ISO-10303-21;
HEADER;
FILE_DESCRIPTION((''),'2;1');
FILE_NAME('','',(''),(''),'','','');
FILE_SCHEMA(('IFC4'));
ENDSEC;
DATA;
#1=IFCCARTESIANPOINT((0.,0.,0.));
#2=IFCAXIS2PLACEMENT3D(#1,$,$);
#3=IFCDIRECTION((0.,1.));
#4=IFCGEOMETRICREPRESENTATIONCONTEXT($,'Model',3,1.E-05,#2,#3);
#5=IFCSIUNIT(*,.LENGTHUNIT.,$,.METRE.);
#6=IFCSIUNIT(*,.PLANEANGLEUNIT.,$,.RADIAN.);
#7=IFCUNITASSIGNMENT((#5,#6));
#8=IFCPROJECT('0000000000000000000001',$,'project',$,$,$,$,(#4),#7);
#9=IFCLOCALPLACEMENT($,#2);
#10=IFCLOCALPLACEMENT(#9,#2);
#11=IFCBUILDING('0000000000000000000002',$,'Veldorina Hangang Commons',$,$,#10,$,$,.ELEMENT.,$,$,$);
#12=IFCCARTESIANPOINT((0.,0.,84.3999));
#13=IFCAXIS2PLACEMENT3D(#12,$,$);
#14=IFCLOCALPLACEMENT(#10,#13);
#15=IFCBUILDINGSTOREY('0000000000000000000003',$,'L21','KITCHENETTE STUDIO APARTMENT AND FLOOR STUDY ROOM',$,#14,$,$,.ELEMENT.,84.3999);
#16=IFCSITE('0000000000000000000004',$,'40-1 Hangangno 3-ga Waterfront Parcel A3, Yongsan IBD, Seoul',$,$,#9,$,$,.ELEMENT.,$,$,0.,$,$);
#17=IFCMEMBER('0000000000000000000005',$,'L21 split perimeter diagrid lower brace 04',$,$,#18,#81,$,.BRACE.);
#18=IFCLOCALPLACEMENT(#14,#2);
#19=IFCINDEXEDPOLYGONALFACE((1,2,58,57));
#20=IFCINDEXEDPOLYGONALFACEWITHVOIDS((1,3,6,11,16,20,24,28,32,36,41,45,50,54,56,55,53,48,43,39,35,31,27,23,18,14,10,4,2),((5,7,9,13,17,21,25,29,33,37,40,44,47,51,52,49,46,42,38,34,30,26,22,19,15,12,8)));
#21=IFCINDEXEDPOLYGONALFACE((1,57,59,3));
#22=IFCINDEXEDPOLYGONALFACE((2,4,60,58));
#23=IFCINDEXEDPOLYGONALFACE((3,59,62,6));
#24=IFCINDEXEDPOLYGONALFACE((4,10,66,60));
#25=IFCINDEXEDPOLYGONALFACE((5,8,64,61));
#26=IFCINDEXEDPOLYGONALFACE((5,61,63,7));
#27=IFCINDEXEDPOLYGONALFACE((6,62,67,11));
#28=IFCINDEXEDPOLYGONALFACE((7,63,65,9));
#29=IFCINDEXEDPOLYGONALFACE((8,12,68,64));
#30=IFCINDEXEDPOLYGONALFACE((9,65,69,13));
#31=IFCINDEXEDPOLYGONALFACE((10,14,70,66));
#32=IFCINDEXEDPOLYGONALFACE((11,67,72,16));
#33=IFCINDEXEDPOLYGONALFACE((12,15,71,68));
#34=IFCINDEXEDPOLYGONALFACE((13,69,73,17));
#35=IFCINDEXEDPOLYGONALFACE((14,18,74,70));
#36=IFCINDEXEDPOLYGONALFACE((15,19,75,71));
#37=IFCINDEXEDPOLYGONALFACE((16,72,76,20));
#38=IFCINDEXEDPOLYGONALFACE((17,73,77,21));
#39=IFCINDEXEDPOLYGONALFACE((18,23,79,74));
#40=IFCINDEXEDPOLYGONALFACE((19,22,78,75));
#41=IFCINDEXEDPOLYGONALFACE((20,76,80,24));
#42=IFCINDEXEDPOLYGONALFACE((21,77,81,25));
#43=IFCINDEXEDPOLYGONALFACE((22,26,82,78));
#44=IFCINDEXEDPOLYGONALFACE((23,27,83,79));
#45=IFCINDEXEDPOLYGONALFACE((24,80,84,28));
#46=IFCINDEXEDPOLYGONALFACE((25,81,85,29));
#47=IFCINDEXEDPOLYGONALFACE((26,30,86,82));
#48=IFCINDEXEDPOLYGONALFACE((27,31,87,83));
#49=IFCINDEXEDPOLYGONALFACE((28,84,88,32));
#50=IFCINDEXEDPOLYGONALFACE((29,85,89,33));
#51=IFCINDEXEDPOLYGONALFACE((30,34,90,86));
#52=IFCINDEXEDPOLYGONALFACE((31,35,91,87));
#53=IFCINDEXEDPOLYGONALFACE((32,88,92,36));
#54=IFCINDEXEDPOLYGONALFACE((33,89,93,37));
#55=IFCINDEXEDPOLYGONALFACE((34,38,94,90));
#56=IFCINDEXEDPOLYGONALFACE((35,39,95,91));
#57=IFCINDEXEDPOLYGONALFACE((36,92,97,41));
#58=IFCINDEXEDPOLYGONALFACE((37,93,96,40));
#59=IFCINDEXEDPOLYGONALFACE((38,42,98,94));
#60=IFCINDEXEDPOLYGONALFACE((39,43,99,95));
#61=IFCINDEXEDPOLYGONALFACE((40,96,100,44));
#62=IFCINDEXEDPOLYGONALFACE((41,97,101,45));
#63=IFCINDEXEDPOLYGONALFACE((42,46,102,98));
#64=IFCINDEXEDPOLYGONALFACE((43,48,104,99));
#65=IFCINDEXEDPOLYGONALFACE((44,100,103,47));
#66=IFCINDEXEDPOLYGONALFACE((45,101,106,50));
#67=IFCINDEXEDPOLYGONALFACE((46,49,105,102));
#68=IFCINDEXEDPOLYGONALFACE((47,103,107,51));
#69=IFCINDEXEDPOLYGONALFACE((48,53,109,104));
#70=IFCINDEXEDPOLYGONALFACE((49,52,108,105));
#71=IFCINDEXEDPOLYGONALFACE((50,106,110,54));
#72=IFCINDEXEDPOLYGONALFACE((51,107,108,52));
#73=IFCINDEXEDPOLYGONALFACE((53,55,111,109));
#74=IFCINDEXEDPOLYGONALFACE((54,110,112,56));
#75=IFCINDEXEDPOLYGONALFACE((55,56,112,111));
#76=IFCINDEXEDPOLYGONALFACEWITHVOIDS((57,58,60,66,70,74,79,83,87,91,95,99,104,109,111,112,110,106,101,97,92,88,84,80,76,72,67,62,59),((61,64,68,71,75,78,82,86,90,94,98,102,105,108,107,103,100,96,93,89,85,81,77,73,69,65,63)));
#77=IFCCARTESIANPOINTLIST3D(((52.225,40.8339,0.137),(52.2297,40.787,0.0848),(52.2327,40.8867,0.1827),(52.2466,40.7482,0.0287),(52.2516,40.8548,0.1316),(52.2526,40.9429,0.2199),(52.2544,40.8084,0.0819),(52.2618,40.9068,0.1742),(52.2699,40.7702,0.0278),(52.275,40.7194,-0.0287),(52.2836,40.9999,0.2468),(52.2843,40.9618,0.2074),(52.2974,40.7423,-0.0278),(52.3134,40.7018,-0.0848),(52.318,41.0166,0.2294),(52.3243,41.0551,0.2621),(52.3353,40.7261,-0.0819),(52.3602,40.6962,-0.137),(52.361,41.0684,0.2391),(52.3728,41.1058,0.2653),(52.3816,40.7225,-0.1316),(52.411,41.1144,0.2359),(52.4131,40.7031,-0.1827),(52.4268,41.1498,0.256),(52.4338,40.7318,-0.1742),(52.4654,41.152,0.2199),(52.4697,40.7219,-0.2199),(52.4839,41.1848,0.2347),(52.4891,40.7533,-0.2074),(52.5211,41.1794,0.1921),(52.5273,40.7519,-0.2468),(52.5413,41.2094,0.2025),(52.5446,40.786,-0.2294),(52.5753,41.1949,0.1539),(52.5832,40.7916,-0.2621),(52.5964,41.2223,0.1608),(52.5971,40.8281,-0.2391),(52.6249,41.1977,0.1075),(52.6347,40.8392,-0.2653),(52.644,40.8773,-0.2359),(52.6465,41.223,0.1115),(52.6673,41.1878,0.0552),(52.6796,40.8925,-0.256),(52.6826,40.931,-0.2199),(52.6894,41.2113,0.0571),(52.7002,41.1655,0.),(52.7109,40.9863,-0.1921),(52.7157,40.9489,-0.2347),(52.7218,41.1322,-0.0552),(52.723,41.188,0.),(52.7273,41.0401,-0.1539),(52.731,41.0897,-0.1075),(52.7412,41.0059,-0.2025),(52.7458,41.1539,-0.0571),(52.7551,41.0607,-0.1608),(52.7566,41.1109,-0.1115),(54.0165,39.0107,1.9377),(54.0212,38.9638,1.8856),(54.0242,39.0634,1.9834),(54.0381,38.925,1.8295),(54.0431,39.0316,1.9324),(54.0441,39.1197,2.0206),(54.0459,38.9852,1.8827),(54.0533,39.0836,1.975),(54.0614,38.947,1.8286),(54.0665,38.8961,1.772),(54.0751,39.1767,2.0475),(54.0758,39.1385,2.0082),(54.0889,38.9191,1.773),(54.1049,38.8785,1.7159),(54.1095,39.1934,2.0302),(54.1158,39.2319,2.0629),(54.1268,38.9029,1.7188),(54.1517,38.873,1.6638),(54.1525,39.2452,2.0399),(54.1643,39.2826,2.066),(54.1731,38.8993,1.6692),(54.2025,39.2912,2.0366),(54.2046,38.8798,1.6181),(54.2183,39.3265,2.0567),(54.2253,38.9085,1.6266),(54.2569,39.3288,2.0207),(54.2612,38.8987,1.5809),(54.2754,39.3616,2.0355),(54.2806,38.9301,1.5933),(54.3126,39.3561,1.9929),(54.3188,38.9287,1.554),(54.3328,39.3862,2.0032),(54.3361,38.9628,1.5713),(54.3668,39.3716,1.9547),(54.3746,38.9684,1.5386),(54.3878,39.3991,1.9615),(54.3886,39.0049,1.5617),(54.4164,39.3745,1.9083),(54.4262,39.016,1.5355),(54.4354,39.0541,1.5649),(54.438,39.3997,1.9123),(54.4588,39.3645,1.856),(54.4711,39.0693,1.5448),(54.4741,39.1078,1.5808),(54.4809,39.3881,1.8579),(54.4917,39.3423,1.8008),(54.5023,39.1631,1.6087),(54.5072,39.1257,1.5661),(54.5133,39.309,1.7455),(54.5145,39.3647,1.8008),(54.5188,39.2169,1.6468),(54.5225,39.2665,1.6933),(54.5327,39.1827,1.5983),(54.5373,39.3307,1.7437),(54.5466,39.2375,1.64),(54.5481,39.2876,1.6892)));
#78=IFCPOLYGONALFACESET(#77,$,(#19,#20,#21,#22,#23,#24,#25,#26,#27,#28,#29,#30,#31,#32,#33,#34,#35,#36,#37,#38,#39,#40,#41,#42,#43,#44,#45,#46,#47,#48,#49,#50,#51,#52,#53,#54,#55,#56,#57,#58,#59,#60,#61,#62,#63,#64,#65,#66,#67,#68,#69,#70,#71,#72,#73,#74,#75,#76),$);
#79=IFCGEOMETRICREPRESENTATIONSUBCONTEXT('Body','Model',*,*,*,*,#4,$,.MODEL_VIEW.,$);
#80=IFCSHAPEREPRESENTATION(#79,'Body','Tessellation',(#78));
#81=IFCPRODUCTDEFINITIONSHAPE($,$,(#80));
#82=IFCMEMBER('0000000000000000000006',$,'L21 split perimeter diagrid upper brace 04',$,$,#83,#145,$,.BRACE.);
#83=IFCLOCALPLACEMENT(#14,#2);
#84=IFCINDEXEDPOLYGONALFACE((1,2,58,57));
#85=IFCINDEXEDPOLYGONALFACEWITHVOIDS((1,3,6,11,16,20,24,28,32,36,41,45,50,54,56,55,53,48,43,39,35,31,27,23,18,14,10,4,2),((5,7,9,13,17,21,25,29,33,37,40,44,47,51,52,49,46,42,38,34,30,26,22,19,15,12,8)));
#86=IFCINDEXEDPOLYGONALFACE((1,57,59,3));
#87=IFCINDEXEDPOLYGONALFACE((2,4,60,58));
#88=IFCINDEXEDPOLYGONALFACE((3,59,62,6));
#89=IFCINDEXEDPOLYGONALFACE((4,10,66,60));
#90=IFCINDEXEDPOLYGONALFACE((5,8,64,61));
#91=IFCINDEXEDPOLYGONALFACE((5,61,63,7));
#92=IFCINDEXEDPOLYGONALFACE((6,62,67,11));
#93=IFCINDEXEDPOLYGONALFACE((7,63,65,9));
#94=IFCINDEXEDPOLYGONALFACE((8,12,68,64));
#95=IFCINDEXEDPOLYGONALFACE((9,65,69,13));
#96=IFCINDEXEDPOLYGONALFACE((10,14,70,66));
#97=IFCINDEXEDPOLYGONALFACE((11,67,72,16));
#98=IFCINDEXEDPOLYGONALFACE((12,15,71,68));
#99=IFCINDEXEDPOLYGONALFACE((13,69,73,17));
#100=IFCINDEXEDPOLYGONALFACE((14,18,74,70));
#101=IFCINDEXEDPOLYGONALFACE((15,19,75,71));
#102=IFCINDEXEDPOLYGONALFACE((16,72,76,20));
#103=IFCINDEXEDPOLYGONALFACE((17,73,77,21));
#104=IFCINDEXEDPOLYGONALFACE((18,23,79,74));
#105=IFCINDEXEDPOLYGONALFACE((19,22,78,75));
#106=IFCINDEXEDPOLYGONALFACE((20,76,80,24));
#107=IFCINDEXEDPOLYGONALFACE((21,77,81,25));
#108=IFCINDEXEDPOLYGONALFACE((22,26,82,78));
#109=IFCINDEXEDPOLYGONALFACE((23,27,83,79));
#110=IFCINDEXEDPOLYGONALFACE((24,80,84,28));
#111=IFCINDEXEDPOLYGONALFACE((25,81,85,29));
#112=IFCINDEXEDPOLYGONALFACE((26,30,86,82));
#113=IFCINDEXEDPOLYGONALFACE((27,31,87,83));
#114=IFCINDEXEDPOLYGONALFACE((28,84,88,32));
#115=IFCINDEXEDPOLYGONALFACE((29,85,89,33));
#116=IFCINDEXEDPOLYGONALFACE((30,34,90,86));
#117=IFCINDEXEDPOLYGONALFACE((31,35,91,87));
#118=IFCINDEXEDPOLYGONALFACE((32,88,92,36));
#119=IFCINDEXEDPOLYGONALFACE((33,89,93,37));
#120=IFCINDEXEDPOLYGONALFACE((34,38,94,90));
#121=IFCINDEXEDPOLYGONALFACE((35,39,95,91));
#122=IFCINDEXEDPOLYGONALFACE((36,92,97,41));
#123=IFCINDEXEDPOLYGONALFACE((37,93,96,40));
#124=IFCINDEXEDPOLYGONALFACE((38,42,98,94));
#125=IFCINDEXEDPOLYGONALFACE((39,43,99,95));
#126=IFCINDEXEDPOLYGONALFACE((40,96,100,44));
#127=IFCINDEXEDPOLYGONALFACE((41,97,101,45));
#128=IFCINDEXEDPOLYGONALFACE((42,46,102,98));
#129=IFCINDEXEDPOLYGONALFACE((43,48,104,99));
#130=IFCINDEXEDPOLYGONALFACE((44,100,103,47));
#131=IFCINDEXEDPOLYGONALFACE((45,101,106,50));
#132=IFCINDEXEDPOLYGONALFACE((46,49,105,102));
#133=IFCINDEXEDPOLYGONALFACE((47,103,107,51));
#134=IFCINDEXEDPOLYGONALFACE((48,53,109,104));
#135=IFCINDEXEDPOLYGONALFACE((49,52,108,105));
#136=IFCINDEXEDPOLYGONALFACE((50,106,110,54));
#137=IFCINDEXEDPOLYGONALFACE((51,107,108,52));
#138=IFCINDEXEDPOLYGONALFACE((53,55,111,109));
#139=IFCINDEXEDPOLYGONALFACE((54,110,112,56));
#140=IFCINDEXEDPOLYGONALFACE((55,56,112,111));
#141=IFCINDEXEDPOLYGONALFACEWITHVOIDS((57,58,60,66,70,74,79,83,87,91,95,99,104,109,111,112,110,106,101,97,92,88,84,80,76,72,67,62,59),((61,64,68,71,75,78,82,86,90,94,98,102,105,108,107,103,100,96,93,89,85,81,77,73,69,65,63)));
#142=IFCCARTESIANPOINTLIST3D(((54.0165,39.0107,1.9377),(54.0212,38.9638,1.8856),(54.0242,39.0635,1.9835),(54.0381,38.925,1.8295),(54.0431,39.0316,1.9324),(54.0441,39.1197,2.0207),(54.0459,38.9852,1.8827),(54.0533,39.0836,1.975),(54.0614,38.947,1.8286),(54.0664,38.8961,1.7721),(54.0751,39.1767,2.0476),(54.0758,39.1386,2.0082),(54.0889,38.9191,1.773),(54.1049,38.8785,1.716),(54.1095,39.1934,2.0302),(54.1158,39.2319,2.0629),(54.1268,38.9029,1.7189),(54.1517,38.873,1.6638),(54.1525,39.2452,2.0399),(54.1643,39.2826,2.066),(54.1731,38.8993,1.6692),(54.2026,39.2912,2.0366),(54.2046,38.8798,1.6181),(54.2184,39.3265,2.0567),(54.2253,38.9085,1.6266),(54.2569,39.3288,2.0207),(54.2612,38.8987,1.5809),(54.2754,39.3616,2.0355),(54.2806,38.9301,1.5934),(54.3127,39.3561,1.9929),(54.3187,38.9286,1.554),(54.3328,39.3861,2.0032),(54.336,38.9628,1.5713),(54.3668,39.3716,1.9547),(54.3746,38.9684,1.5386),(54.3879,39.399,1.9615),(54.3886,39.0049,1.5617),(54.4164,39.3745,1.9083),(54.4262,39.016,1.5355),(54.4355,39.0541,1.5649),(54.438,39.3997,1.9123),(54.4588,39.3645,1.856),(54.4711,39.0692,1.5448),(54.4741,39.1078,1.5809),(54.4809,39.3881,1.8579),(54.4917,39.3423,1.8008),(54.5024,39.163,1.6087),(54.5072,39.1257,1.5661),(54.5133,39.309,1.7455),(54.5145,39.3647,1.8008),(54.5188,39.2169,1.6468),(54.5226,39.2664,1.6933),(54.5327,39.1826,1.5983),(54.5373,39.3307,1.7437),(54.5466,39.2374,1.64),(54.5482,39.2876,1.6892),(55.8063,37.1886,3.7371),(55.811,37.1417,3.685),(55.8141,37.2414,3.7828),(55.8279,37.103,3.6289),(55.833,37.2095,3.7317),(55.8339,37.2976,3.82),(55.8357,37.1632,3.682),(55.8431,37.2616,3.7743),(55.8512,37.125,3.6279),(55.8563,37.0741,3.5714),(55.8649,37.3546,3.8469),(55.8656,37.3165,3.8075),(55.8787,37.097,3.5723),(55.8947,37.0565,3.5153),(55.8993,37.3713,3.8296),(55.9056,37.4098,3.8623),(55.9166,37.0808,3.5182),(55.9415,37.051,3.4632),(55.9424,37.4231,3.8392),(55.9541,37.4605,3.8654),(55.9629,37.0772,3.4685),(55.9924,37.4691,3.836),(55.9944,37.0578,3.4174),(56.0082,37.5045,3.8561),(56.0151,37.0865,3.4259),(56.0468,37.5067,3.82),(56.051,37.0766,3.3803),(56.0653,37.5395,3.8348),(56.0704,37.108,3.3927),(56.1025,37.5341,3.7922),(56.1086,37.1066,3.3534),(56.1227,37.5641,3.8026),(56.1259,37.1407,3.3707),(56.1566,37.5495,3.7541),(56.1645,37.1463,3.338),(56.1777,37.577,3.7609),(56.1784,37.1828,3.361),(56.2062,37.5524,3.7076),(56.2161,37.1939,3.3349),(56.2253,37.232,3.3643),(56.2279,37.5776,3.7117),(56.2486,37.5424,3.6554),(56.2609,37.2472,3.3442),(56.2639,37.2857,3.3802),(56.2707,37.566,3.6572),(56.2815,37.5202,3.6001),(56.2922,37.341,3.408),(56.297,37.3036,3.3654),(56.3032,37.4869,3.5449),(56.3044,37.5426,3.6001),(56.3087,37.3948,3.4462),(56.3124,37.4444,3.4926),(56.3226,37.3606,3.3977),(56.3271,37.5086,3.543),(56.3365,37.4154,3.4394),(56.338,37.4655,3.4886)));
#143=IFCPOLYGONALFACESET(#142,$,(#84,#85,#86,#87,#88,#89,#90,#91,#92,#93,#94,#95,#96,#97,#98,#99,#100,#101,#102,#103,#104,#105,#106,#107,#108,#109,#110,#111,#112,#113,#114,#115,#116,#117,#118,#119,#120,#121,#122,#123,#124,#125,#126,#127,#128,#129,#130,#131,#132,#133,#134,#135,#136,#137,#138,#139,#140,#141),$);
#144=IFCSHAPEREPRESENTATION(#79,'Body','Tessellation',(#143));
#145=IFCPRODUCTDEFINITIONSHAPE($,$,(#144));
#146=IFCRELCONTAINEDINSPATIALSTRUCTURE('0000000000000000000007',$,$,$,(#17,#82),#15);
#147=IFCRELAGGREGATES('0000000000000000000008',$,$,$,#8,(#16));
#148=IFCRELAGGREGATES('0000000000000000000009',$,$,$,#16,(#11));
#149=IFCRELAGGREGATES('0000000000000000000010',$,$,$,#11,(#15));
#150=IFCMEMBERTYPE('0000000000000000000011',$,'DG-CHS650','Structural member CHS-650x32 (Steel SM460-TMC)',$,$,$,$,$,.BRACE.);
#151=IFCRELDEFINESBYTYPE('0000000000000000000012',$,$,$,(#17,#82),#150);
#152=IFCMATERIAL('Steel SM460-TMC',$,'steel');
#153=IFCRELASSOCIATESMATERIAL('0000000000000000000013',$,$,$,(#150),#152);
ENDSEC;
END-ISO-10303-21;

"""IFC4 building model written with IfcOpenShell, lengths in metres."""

from ifc_helpers import new_model, si_unit, direction, frame, origin, origin_2d, place, context, subcontext, project, spatial, hollow_circle, extrude, material, material_profile, profile_set, type_object, element, save


model = new_model("IFC4")

# Units and contexts
model_context = context("Model", 3, precision=1e-05, world=origin(), true_north=direction((0.0, 1.0)))
body_context = subcontext(model_context, "Body", "Model", "MODEL_VIEW")
ifc_project = project(units=[si_unit("LENGTHUNIT", "METRE"), si_unit("PLANEANGLEUNIT", "RADIAN")], contexts=[model_context])

# Site, building, storey
site_placement = place(None, origin())
site = spatial("IfcSite", under=ifc_project, at=site_placement, Name="40-1 Hangangno 3-ga Waterfront Parcel A3, Yongsan IBD, Seoul", CompositionType="ELEMENT", RefElevation=0.0)
building_placement = place(site_placement, origin())
building = spatial("IfcBuilding", under=site, at=building_placement, Name="Veldorina Hangang Commons", CompositionType="ELEMENT")
storey_placement = place(building_placement, frame((0.0, 0.0, 84.3999)))
storey = spatial("IfcBuildingStorey", under=building, at=storey_placement, Name="L21", Description="KITCHENETTE STUDIO APARTMENT AND FLOOR STUDY ROOM", CompositionType="ELEMENT", Elevation=84.3999)

# Members
ifc_material_1 = material(Name="Steel SM460-TMC", Category="steel")
ifc_material_profile_1 = material_profile(ifc_material_1, hollow_circle(Radius=0.325, WallThickness=0.032, at=origin_2d()), Name="CHS-650x32")
ifc_profile_set_1 = profile_set([ifc_material_profile_1], Name="Steel SM460-TMC")
member_type = type_object("IfcMemberType", Name="DG-CHS650", Description="Structural member CHS-650x32 (Steel SM460-TMC)", PredefinedType="BRACE", material=ifc_profile_set_1)
member_1_placement = place(storey_placement, frame((52.4912, 40.9602, 0.0), z_axis=(0.572962, -0.583113, 0.575929), x_axis=(0.713288, 0.700871, 0.0)))
element("IfcMember", 1, at=member_1_placement, inside=storey, type_object=member_type, Name="L21 split perimeter diagrid lower brace 04", PredefinedType="BRACE", context=body_context, shape_type="SweptSolid", body=[
    extrude(hollow_circle(Radius=0.325, WallThickness=0.032, at=origin_2d()), origin(), (0.0, 0.0, 1.0), 3.1267),
])
member_2_placement = place(storey_placement, frame((54.2827, 39.137, 1.8008), z_axis=(0.57288, -0.583195, 0.575927), x_axis=(0.713388, 0.70077, 0.0)))
element("IfcMember", 2, at=member_2_placement, inside=storey, type_object=member_type, Name="L21 split perimeter diagrid upper brace 04", PredefinedType="BRACE", context=body_context, shape_type="SweptSolid", body=[
    extrude(hollow_circle(Radius=0.325, WallThickness=0.032, at=origin_2d()), origin(), (0.0, 0.0, 1.0), 3.1243),
])

save(model, "model.ifc")
